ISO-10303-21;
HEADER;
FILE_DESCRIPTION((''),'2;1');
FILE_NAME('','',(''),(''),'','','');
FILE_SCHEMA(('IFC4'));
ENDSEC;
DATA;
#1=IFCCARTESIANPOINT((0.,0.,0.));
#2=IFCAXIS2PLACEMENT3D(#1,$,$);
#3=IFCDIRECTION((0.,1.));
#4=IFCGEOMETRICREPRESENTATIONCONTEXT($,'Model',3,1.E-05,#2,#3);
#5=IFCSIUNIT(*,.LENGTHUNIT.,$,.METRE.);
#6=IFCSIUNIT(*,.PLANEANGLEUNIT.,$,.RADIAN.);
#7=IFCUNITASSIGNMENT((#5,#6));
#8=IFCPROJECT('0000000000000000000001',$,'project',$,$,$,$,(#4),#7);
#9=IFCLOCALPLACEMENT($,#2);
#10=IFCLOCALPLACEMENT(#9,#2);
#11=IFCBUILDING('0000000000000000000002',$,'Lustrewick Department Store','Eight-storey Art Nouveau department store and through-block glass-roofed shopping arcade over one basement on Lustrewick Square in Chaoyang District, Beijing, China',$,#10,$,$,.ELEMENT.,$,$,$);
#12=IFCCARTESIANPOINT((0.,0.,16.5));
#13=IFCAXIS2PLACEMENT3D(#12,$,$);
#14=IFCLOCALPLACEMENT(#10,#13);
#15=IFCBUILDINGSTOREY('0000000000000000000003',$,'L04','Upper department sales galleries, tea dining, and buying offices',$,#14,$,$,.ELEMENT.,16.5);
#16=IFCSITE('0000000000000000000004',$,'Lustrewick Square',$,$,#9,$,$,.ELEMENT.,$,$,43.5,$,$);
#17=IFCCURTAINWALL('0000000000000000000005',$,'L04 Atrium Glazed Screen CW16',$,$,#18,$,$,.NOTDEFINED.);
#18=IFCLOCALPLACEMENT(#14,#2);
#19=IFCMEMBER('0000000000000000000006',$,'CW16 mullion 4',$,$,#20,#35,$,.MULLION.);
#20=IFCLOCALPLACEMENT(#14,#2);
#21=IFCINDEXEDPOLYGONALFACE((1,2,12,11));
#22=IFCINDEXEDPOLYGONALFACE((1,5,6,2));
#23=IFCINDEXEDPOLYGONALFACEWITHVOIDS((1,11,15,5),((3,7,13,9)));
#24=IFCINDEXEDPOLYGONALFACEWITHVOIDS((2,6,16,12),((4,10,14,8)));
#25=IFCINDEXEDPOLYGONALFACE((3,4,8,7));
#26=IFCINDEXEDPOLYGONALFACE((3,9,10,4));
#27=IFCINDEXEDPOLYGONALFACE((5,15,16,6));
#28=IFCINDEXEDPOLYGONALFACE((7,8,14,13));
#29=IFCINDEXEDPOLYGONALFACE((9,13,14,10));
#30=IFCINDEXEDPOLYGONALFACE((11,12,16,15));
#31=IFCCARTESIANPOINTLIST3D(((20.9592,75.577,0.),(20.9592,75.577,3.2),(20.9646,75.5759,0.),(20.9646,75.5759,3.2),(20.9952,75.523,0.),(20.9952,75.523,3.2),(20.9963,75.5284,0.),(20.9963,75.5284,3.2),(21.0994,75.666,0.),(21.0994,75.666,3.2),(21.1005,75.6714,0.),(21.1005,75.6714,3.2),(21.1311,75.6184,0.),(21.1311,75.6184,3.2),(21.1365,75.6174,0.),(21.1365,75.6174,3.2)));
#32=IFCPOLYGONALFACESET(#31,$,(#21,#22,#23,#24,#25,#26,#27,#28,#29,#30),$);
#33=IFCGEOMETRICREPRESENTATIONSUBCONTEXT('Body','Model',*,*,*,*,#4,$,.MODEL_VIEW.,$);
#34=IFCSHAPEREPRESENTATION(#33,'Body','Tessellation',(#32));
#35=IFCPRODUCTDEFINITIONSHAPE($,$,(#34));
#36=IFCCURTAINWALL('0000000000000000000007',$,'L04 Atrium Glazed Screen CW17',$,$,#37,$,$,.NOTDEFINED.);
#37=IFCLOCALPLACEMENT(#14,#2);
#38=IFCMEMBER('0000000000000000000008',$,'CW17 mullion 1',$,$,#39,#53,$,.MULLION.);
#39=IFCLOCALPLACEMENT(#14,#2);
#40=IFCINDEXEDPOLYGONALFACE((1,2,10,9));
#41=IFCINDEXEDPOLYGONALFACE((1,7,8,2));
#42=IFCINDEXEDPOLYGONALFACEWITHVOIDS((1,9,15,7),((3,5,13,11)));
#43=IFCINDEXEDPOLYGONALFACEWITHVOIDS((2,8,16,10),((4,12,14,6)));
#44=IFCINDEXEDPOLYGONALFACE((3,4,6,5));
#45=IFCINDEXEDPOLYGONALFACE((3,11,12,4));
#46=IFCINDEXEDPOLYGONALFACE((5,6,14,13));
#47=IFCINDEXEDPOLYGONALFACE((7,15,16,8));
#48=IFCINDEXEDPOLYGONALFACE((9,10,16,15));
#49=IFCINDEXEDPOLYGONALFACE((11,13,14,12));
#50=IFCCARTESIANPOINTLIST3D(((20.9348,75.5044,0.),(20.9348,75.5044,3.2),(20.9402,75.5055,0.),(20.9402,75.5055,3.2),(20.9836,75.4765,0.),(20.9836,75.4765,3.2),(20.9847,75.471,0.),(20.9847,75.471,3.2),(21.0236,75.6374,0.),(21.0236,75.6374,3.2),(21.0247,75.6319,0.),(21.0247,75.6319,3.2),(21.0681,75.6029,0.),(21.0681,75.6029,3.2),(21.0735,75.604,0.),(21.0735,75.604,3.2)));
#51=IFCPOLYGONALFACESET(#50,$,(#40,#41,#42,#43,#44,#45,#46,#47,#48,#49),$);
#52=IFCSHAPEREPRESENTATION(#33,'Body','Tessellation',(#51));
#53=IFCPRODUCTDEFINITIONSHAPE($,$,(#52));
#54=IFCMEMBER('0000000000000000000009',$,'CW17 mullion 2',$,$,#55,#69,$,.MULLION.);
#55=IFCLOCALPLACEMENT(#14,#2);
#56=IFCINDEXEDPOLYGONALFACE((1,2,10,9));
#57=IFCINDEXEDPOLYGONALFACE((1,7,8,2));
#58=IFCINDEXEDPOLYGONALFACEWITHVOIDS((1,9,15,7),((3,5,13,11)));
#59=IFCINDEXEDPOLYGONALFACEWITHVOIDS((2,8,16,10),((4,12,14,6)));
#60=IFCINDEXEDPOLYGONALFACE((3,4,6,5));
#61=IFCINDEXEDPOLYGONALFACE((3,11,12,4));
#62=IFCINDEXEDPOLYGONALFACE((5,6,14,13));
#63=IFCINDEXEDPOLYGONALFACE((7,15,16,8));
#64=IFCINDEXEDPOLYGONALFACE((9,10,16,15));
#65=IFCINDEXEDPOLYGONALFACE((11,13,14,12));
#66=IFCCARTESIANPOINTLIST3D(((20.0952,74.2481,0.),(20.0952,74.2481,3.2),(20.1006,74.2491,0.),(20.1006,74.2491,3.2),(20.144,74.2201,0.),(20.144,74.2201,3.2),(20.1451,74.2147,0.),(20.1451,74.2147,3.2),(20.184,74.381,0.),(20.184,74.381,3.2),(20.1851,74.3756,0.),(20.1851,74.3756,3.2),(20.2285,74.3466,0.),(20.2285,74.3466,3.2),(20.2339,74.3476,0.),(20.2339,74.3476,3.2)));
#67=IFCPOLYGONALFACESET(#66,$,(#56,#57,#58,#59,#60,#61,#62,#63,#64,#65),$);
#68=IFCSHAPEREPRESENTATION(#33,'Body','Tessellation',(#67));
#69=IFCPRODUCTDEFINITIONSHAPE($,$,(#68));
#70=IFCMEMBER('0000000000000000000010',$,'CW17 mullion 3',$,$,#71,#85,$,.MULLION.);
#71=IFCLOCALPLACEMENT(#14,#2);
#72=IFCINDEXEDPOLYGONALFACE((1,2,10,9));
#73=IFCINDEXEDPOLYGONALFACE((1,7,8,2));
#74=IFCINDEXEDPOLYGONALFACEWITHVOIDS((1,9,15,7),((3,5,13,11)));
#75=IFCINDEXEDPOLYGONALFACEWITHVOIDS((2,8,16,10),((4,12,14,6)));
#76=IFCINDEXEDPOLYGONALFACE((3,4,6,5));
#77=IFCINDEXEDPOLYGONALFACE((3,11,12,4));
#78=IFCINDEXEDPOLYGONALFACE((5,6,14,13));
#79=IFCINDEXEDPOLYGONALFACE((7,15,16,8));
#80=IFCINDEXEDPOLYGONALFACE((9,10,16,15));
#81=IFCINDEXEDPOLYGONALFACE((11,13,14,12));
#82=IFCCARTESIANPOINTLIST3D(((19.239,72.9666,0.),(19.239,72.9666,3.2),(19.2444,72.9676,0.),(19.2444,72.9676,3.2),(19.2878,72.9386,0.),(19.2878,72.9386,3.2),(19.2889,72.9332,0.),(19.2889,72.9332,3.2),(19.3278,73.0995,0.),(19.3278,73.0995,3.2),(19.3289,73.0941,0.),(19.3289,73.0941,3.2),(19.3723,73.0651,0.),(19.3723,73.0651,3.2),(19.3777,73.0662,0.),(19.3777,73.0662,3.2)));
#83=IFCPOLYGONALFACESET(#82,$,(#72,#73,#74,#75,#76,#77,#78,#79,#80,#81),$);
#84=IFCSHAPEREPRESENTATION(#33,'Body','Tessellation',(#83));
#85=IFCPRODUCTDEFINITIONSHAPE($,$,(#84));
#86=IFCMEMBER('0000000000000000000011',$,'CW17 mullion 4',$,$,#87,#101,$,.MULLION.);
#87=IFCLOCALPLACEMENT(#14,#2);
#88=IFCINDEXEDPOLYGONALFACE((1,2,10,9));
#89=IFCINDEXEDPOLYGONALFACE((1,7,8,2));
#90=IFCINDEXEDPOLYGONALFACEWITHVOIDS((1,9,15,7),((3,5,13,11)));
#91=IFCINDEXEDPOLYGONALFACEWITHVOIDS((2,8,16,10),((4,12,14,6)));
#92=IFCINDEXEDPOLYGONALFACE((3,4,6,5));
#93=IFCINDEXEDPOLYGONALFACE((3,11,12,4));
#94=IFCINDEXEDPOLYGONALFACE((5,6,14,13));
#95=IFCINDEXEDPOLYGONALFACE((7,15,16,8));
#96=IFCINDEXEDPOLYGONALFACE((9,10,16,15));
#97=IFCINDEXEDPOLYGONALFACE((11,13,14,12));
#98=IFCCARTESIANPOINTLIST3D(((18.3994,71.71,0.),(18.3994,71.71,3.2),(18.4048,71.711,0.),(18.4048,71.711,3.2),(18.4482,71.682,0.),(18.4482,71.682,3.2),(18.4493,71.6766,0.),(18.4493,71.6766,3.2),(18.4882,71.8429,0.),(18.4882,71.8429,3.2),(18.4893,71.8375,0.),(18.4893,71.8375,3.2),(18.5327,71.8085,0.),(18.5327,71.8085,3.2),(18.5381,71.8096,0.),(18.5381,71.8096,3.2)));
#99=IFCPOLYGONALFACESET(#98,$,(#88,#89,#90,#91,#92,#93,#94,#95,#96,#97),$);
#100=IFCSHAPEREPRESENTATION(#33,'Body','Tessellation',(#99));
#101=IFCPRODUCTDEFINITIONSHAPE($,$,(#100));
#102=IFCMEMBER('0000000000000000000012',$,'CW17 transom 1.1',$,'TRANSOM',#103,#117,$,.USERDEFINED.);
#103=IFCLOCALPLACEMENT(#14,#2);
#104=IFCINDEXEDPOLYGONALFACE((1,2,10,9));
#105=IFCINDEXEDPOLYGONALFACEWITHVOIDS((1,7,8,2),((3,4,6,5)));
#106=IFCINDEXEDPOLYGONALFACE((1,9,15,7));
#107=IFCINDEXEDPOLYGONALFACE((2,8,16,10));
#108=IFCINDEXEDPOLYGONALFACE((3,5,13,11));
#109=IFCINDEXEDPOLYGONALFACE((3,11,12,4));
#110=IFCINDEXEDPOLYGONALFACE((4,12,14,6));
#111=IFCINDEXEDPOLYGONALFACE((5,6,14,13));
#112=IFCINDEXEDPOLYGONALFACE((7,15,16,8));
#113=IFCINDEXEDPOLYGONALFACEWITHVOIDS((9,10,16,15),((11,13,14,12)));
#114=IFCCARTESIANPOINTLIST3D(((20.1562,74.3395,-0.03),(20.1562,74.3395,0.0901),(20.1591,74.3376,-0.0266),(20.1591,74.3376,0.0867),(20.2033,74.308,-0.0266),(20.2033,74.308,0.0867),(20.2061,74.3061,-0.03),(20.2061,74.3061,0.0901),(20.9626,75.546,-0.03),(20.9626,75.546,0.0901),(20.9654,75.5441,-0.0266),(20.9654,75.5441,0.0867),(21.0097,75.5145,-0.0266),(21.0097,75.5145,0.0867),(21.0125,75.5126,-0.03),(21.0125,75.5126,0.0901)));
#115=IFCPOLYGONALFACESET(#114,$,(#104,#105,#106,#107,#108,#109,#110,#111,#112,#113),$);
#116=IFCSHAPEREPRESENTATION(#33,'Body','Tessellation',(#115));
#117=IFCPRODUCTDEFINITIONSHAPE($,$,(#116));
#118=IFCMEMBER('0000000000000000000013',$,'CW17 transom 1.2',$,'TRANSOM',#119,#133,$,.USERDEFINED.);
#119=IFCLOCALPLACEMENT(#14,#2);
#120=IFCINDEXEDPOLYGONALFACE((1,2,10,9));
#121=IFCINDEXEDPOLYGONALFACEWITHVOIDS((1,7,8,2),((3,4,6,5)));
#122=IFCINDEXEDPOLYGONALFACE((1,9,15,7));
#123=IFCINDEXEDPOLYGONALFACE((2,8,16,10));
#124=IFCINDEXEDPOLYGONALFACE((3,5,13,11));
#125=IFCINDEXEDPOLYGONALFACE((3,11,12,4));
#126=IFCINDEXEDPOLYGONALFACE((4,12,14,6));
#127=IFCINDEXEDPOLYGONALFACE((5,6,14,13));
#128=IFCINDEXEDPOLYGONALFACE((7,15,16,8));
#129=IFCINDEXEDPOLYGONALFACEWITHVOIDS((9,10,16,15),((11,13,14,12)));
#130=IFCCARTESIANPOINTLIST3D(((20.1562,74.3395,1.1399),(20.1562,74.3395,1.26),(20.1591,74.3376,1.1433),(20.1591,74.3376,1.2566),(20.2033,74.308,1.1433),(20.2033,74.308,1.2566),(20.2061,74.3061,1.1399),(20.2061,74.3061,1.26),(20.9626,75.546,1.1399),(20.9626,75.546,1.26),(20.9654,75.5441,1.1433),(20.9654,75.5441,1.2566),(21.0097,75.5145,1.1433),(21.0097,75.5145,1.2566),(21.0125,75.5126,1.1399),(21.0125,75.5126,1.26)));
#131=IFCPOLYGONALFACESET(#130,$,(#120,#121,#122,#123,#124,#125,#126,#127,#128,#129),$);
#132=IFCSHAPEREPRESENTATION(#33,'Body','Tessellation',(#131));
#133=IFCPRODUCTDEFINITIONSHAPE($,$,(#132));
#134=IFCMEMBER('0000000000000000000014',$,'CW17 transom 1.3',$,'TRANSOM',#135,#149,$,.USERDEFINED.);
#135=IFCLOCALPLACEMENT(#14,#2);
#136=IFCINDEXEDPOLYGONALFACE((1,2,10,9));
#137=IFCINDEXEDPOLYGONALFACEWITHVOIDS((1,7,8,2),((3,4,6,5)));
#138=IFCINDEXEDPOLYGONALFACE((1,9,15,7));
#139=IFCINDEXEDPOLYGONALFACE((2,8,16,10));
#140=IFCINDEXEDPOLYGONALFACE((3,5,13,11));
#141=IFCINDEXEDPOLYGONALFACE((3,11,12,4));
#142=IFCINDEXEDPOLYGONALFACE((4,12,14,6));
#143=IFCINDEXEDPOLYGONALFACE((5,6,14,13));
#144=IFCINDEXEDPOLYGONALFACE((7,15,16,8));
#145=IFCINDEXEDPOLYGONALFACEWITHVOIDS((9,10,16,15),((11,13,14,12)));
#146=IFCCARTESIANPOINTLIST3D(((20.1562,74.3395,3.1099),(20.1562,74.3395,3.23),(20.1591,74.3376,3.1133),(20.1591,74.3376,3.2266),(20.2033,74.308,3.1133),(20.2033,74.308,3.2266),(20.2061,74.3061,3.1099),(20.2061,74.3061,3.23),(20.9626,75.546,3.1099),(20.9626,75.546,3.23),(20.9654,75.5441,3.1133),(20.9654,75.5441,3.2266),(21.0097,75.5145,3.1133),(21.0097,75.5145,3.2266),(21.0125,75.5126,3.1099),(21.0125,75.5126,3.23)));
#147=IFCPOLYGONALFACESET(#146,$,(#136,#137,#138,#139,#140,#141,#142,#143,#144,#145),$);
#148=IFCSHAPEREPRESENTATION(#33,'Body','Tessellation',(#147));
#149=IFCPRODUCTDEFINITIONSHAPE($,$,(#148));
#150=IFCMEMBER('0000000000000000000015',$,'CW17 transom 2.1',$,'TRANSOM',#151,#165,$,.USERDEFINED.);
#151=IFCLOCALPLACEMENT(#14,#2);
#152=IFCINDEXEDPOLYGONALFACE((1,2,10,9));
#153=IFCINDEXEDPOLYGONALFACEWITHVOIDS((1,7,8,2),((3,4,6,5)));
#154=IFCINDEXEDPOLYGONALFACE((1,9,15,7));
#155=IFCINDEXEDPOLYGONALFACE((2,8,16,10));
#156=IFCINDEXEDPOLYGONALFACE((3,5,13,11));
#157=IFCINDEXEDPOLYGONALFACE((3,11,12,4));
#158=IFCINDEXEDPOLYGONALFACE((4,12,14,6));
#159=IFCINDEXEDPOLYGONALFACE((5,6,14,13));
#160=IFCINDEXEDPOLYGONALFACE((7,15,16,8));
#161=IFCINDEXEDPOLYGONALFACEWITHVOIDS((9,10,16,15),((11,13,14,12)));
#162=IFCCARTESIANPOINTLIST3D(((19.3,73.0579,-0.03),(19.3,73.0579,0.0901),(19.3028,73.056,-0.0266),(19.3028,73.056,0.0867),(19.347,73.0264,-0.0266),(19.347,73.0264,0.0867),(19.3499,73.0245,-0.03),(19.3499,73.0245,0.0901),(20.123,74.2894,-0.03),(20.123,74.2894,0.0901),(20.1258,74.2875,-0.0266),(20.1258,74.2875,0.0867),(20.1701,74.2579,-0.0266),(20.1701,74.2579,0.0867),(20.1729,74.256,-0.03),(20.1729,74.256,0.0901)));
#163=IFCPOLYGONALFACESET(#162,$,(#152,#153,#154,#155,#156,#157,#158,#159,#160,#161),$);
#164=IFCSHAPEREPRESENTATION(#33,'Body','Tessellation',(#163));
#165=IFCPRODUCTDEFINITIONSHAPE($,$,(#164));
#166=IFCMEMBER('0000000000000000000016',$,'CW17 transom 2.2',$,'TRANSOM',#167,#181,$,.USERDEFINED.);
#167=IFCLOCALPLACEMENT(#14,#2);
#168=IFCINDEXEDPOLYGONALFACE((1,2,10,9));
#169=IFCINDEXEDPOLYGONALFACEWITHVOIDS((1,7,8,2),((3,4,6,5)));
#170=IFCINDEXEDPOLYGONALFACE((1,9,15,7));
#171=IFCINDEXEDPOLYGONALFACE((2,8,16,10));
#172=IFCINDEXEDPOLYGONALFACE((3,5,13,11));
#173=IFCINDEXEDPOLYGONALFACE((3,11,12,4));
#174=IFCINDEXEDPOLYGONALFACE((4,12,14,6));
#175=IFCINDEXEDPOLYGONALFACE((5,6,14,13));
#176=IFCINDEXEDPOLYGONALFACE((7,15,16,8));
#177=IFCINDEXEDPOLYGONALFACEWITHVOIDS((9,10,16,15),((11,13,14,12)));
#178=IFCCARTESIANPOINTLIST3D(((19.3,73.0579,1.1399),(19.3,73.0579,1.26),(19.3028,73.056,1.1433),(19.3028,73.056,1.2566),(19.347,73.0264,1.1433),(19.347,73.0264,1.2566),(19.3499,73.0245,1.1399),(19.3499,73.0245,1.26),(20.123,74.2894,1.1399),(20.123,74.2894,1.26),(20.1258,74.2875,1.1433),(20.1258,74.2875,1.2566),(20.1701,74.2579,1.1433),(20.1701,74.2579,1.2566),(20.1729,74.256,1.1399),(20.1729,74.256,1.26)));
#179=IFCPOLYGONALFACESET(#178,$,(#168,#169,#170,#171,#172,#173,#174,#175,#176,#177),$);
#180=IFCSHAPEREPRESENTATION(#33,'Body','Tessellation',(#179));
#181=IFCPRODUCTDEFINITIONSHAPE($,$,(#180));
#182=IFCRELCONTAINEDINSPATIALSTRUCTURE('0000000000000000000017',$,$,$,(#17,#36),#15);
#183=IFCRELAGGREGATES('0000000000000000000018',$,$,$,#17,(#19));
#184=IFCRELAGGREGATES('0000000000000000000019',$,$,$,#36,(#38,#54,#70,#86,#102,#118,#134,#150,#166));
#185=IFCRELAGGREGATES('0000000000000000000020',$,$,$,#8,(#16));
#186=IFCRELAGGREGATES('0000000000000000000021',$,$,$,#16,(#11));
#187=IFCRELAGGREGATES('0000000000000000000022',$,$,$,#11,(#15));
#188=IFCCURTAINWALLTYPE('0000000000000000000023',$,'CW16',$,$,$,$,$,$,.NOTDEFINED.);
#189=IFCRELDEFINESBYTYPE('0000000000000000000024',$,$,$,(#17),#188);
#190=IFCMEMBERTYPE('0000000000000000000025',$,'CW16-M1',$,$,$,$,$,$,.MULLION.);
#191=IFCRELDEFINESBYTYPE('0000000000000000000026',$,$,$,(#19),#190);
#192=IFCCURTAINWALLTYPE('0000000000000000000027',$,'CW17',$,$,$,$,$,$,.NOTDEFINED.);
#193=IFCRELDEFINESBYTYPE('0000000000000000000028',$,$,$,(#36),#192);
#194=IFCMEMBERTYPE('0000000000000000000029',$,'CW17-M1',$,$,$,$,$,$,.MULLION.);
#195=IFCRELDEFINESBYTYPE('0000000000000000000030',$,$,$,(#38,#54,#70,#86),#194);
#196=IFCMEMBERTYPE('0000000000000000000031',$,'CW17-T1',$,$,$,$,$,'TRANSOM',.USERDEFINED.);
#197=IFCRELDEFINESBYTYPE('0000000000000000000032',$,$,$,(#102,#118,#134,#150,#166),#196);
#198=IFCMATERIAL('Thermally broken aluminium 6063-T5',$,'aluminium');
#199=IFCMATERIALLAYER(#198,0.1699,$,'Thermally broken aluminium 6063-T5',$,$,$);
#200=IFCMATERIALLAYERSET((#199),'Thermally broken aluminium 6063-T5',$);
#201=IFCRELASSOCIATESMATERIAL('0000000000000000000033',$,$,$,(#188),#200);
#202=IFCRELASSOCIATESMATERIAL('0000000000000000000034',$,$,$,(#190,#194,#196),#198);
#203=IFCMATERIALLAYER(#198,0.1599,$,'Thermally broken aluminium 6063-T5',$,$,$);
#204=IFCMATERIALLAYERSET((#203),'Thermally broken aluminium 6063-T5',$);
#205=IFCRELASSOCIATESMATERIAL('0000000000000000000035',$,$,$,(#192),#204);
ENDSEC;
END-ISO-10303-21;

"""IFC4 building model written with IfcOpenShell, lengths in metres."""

from ifc_helpers import new_model, si_unit, direction, frame, origin, origin_2d, place, context, subcontext, project, spatial, hollow_rectangle, extrude, material, layer, layer_set, material_profile, profile_set, type_object, element, aggregate, save


model = new_model("IFC4")

# Units and contexts
model_context = context("Model", 3, precision=1e-05, world=origin(), true_north=direction((0.0, 1.0)))
body_context = subcontext(model_context, "Body", "Model", "MODEL_VIEW")
ifc_project = project(units=[si_unit("LENGTHUNIT", "METRE"), si_unit("PLANEANGLEUNIT", "RADIAN")], contexts=[model_context])

# Site, building, storey
site_placement = place(None, origin())
site = spatial("IfcSite", under=ifc_project, at=site_placement, Name="Lustrewick Square", CompositionType="ELEMENT", RefElevation=43.5)
building_placement = place(site_placement, origin())
building = spatial("IfcBuilding", under=site, at=building_placement, Name="Lustrewick Department Store", Description="Eight-storey Art Nouveau department store and through-block glass-roofed shopping arcade over one basement on Lustrewick Square in Chaoyang District, Beijing, China", CompositionType="ELEMENT")
storey_placement = place(building_placement, frame((0.0, 0.0, 16.5)))
storey = spatial("IfcBuildingStorey", under=building, at=storey_placement, Name="L04", Description="Upper department sales galleries, tea dining, and buying offices", CompositionType="ELEMENT", Elevation=16.5)

# Curtain wall, member
ifc_material_1 = material(Name="Thermally broken aluminium 6063-T5", Category="aluminium")
ifc_layer_1 = layer(ifc_material_1, 0.1699, Name="Thermally broken aluminium 6063-T5")
ifc_layer_set_1 = layer_set([ifc_layer_1], Name="Thermally broken aluminium 6063-T5")
curtain_wall_type_1 = type_object("IfcCurtainWallType", Name="CW16", PredefinedType="NOTDEFINED", material=ifc_layer_set_1)
curtain_wall_1_placement = place(storey_placement, origin())
curtain_wall_1 = element("IfcCurtainWall", 1, at=curtain_wall_1_placement, inside=storey, type_object=curtain_wall_type_1, Name="L04 Atrium Glazed Screen CW16", PredefinedType="NOTDEFINED")
ifc_material_profile_1 = material_profile(ifc_material_1, hollow_rectangle(XDim=0.0649, YDim=0.1699, WallThickness=0.0039, at=origin_2d()), Name="ALU-M 65x170x4")
ifc_profile_set_1 = profile_set([ifc_material_profile_1], Name="Thermally broken aluminium 6063-T5")
member_type_1 = type_object("IfcMemberType", Name="CW16-M1", PredefinedType="MULLION", material=ifc_profile_set_1)
member_1_placement = place(storey_placement, frame((21.0479, 75.5972, 0.0), z_axis=(0.0, 0.0, 1.0), x_axis=(0.555578, -0.831464, 0.0)))
member_1 = element("IfcMember", 2, at=member_1_placement, type_object=member_type_1, Name="CW16 mullion 4", PredefinedType="MULLION", context=body_context, shape_type="SweptSolid", body=[
    extrude(hollow_rectangle(XDim=0.0649, YDim=0.1699, WallThickness=0.0039, at=origin_2d()), origin(), (0.0, 0.0, 1.0), 3.2),
])
aggregate(curtain_wall_1, [member_1])

# Curtain wall, members
ifc_layer_2 = layer(ifc_material_1, 0.1599, Name="Thermally broken aluminium 6063-T5")
ifc_layer_set_2 = layer_set([ifc_layer_2], Name="Thermally broken aluminium 6063-T5")
curtain_wall_type_2 = type_object("IfcCurtainWallType", Name="CW17", PredefinedType="NOTDEFINED", material=ifc_layer_set_2)
curtain_wall_2_placement = place(storey_placement, origin())
curtain_wall_2 = element("IfcCurtainWall", 3, at=curtain_wall_2_placement, inside=storey, type_object=curtain_wall_type_2, Name="L04 Atrium Glazed Screen CW17", PredefinedType="NOTDEFINED")
ifc_material_profile_2 = material_profile(ifc_material_1, hollow_rectangle(XDim=0.0601, YDim=0.1599, WallThickness=0.0039, at=origin_2d()), Name="ALU-M 60x160x4")
ifc_profile_set_2 = profile_set([ifc_material_profile_2], Name="Thermally broken aluminium 6063-T5")
member_type_2 = type_object("IfcMemberType", Name="CW17-M1", PredefinedType="MULLION", material=ifc_profile_set_2)
member_2_placement = place(storey_placement, frame((21.0042, 75.5542, 0.0), z_axis=(0.0, 0.0, 1.0), x_axis=(0.831464, -0.555578, 0.0)))
member_2 = element("IfcMember", 4, at=member_2_placement, type_object=member_type_2, Name="CW17 mullion 1", PredefinedType="MULLION", context=body_context, shape_type="SweptSolid", body=[
    extrude(hollow_rectangle(XDim=0.0601, YDim=0.1599, WallThickness=0.0039, at=origin_2d()), origin(), (0.0, 0.0, 1.0), 3.2),
])
member_3_placement = place(storey_placement, frame((20.1646, 74.2979, 0.0), z_axis=(0.0, 0.0, 1.0), x_axis=(0.831464, -0.555578, 0.0)))
member_3 = element("IfcMember", 5, at=member_3_placement, type_object=member_type_2, Name="CW17 mullion 2", PredefinedType="MULLION", context=body_context, shape_type="SweptSolid", body=[
    extrude(hollow_rectangle(XDim=0.0601, YDim=0.1599, WallThickness=0.0039, at=origin_2d()), origin(), (0.0, 0.0, 1.0), 3.2),
])
member_4_placement = place(storey_placement, frame((19.3083, 73.0164, 0.0), z_axis=(0.0, 0.0, 1.0), x_axis=(0.831464, -0.555578, 0.0)))
member_4 = element("IfcMember", 6, at=member_4_placement, type_object=member_type_2, Name="CW17 mullion 3", PredefinedType="MULLION", context=body_context, shape_type="SweptSolid", body=[
    extrude(hollow_rectangle(XDim=0.0601, YDim=0.1599, WallThickness=0.0039, at=origin_2d()), origin(), (0.0, 0.0, 1.0), 3.2),
])
member_5_placement = place(storey_placement, frame((18.4688, 71.7598, 0.0), z_axis=(0.0, 0.0, 1.0), x_axis=(0.831464, -0.555578, 0.0)))
member_5 = element("IfcMember", 7, at=member_5_placement, type_object=member_type_2, Name="CW17 mullion 4", PredefinedType="MULLION", context=body_context, shape_type="SweptSolid", body=[
    extrude(hollow_rectangle(XDim=0.0601, YDim=0.1599, WallThickness=0.0039, at=origin_2d()), origin(), (0.0, 0.0, 1.0), 3.2),
])
ifc_material_profile_3 = material_profile(ifc_material_1, hollow_rectangle(XDim=0.0601, YDim=0.1201, WallThickness=0.0034, at=origin_2d()), Name="ALU-T 60x120x3.5")
ifc_profile_set_3 = profile_set([ifc_material_profile_3], Name="Thermally broken aluminium 6063-T5")
member_type_3 = type_object("IfcMemberType", Name="CW17-T1", ElementType="TRANSOM", PredefinedType="USERDEFINED", material=ifc_profile_set_3)
member_6_placement = place(storey_placement, frame((20.9875, 75.5293, 0.03), z_axis=(-0.55567, -0.831403, 0.0), x_axis=(0.831403, -0.55567, 0.0)))
member_6 = element("IfcMember", 8, at=member_6_placement, type_object=member_type_3, Name="CW17 transom 1.1", ObjectType="TRANSOM", PredefinedType="USERDEFINED", context=body_context, shape_type="SweptSolid", body=[
    extrude(hollow_rectangle(XDim=0.0601, YDim=0.1201, WallThickness=0.0034, at=origin_2d()), origin(), (0.0, 0.0, 1.0), 1.4512),
])
member_7_placement = place(storey_placement, frame((20.9875, 75.5293, 1.2), z_axis=(-0.55567, -0.831403, 0.0), x_axis=(0.831403, -0.55567, 0.0)))
member_7 = element("IfcMember", 9, at=member_7_placement, type_object=member_type_3, Name="CW17 transom 1.2", ObjectType="TRANSOM", PredefinedType="USERDEFINED", context=body_context, shape_type="SweptSolid", body=[
    extrude(hollow_rectangle(XDim=0.0601, YDim=0.1201, WallThickness=0.0034, at=origin_2d()), origin(), (0.0, 0.0, 1.0), 1.4512),
])
member_8_placement = place(storey_placement, frame((20.9875, 75.5293, 3.1699), z_axis=(-0.55567, -0.831403, 0.0), x_axis=(0.831403, -0.55567, 0.0)))
member_8 = element("IfcMember", 10, at=member_8_placement, type_object=member_type_3, Name="CW17 transom 1.3", ObjectType="TRANSOM", PredefinedType="USERDEFINED", context=body_context, shape_type="SweptSolid", body=[
    extrude(hollow_rectangle(XDim=0.0601, YDim=0.1201, WallThickness=0.0034, at=origin_2d()), origin(), (0.0, 0.0, 1.0), 1.4512),
])
member_9_placement = place(storey_placement, frame((20.1479, 74.2727, 0.03), z_axis=(-0.555651, -0.831416, 0.0), x_axis=(0.831416, -0.555651, 0.0)))
member_9 = element("IfcMember", 11, at=member_9_placement, type_object=member_type_3, Name="CW17 transom 2.1", ObjectType="TRANSOM", PredefinedType="USERDEFINED", context=body_context, shape_type="SweptSolid", body=[
    extrude(hollow_rectangle(XDim=0.0601, YDim=0.1201, WallThickness=0.0034, at=origin_2d()), origin(), (0.0, 0.0, 1.0), 1.4812),
])
member_10_placement = place(storey_placement, frame((20.1479, 74.2727, 1.2), z_axis=(-0.555651, -0.831416, 0.0), x_axis=(0.831416, -0.555651, 0.0)))
member_10 = element("IfcMember", 12, at=member_10_placement, type_object=member_type_3, Name="CW17 transom 2.2", ObjectType="TRANSOM", PredefinedType="USERDEFINED", context=body_context, shape_type="SweptSolid", body=[
    extrude(hollow_rectangle(XDim=0.0601, YDim=0.1201, WallThickness=0.0034, at=origin_2d()), origin(), (0.0, 0.0, 1.0), 1.4812),
])

aggregate(curtain_wall_2, [member_2, member_3, member_4, member_5, member_6, member_7, member_8, member_9, member_10])

save(model, "model.ifc")
